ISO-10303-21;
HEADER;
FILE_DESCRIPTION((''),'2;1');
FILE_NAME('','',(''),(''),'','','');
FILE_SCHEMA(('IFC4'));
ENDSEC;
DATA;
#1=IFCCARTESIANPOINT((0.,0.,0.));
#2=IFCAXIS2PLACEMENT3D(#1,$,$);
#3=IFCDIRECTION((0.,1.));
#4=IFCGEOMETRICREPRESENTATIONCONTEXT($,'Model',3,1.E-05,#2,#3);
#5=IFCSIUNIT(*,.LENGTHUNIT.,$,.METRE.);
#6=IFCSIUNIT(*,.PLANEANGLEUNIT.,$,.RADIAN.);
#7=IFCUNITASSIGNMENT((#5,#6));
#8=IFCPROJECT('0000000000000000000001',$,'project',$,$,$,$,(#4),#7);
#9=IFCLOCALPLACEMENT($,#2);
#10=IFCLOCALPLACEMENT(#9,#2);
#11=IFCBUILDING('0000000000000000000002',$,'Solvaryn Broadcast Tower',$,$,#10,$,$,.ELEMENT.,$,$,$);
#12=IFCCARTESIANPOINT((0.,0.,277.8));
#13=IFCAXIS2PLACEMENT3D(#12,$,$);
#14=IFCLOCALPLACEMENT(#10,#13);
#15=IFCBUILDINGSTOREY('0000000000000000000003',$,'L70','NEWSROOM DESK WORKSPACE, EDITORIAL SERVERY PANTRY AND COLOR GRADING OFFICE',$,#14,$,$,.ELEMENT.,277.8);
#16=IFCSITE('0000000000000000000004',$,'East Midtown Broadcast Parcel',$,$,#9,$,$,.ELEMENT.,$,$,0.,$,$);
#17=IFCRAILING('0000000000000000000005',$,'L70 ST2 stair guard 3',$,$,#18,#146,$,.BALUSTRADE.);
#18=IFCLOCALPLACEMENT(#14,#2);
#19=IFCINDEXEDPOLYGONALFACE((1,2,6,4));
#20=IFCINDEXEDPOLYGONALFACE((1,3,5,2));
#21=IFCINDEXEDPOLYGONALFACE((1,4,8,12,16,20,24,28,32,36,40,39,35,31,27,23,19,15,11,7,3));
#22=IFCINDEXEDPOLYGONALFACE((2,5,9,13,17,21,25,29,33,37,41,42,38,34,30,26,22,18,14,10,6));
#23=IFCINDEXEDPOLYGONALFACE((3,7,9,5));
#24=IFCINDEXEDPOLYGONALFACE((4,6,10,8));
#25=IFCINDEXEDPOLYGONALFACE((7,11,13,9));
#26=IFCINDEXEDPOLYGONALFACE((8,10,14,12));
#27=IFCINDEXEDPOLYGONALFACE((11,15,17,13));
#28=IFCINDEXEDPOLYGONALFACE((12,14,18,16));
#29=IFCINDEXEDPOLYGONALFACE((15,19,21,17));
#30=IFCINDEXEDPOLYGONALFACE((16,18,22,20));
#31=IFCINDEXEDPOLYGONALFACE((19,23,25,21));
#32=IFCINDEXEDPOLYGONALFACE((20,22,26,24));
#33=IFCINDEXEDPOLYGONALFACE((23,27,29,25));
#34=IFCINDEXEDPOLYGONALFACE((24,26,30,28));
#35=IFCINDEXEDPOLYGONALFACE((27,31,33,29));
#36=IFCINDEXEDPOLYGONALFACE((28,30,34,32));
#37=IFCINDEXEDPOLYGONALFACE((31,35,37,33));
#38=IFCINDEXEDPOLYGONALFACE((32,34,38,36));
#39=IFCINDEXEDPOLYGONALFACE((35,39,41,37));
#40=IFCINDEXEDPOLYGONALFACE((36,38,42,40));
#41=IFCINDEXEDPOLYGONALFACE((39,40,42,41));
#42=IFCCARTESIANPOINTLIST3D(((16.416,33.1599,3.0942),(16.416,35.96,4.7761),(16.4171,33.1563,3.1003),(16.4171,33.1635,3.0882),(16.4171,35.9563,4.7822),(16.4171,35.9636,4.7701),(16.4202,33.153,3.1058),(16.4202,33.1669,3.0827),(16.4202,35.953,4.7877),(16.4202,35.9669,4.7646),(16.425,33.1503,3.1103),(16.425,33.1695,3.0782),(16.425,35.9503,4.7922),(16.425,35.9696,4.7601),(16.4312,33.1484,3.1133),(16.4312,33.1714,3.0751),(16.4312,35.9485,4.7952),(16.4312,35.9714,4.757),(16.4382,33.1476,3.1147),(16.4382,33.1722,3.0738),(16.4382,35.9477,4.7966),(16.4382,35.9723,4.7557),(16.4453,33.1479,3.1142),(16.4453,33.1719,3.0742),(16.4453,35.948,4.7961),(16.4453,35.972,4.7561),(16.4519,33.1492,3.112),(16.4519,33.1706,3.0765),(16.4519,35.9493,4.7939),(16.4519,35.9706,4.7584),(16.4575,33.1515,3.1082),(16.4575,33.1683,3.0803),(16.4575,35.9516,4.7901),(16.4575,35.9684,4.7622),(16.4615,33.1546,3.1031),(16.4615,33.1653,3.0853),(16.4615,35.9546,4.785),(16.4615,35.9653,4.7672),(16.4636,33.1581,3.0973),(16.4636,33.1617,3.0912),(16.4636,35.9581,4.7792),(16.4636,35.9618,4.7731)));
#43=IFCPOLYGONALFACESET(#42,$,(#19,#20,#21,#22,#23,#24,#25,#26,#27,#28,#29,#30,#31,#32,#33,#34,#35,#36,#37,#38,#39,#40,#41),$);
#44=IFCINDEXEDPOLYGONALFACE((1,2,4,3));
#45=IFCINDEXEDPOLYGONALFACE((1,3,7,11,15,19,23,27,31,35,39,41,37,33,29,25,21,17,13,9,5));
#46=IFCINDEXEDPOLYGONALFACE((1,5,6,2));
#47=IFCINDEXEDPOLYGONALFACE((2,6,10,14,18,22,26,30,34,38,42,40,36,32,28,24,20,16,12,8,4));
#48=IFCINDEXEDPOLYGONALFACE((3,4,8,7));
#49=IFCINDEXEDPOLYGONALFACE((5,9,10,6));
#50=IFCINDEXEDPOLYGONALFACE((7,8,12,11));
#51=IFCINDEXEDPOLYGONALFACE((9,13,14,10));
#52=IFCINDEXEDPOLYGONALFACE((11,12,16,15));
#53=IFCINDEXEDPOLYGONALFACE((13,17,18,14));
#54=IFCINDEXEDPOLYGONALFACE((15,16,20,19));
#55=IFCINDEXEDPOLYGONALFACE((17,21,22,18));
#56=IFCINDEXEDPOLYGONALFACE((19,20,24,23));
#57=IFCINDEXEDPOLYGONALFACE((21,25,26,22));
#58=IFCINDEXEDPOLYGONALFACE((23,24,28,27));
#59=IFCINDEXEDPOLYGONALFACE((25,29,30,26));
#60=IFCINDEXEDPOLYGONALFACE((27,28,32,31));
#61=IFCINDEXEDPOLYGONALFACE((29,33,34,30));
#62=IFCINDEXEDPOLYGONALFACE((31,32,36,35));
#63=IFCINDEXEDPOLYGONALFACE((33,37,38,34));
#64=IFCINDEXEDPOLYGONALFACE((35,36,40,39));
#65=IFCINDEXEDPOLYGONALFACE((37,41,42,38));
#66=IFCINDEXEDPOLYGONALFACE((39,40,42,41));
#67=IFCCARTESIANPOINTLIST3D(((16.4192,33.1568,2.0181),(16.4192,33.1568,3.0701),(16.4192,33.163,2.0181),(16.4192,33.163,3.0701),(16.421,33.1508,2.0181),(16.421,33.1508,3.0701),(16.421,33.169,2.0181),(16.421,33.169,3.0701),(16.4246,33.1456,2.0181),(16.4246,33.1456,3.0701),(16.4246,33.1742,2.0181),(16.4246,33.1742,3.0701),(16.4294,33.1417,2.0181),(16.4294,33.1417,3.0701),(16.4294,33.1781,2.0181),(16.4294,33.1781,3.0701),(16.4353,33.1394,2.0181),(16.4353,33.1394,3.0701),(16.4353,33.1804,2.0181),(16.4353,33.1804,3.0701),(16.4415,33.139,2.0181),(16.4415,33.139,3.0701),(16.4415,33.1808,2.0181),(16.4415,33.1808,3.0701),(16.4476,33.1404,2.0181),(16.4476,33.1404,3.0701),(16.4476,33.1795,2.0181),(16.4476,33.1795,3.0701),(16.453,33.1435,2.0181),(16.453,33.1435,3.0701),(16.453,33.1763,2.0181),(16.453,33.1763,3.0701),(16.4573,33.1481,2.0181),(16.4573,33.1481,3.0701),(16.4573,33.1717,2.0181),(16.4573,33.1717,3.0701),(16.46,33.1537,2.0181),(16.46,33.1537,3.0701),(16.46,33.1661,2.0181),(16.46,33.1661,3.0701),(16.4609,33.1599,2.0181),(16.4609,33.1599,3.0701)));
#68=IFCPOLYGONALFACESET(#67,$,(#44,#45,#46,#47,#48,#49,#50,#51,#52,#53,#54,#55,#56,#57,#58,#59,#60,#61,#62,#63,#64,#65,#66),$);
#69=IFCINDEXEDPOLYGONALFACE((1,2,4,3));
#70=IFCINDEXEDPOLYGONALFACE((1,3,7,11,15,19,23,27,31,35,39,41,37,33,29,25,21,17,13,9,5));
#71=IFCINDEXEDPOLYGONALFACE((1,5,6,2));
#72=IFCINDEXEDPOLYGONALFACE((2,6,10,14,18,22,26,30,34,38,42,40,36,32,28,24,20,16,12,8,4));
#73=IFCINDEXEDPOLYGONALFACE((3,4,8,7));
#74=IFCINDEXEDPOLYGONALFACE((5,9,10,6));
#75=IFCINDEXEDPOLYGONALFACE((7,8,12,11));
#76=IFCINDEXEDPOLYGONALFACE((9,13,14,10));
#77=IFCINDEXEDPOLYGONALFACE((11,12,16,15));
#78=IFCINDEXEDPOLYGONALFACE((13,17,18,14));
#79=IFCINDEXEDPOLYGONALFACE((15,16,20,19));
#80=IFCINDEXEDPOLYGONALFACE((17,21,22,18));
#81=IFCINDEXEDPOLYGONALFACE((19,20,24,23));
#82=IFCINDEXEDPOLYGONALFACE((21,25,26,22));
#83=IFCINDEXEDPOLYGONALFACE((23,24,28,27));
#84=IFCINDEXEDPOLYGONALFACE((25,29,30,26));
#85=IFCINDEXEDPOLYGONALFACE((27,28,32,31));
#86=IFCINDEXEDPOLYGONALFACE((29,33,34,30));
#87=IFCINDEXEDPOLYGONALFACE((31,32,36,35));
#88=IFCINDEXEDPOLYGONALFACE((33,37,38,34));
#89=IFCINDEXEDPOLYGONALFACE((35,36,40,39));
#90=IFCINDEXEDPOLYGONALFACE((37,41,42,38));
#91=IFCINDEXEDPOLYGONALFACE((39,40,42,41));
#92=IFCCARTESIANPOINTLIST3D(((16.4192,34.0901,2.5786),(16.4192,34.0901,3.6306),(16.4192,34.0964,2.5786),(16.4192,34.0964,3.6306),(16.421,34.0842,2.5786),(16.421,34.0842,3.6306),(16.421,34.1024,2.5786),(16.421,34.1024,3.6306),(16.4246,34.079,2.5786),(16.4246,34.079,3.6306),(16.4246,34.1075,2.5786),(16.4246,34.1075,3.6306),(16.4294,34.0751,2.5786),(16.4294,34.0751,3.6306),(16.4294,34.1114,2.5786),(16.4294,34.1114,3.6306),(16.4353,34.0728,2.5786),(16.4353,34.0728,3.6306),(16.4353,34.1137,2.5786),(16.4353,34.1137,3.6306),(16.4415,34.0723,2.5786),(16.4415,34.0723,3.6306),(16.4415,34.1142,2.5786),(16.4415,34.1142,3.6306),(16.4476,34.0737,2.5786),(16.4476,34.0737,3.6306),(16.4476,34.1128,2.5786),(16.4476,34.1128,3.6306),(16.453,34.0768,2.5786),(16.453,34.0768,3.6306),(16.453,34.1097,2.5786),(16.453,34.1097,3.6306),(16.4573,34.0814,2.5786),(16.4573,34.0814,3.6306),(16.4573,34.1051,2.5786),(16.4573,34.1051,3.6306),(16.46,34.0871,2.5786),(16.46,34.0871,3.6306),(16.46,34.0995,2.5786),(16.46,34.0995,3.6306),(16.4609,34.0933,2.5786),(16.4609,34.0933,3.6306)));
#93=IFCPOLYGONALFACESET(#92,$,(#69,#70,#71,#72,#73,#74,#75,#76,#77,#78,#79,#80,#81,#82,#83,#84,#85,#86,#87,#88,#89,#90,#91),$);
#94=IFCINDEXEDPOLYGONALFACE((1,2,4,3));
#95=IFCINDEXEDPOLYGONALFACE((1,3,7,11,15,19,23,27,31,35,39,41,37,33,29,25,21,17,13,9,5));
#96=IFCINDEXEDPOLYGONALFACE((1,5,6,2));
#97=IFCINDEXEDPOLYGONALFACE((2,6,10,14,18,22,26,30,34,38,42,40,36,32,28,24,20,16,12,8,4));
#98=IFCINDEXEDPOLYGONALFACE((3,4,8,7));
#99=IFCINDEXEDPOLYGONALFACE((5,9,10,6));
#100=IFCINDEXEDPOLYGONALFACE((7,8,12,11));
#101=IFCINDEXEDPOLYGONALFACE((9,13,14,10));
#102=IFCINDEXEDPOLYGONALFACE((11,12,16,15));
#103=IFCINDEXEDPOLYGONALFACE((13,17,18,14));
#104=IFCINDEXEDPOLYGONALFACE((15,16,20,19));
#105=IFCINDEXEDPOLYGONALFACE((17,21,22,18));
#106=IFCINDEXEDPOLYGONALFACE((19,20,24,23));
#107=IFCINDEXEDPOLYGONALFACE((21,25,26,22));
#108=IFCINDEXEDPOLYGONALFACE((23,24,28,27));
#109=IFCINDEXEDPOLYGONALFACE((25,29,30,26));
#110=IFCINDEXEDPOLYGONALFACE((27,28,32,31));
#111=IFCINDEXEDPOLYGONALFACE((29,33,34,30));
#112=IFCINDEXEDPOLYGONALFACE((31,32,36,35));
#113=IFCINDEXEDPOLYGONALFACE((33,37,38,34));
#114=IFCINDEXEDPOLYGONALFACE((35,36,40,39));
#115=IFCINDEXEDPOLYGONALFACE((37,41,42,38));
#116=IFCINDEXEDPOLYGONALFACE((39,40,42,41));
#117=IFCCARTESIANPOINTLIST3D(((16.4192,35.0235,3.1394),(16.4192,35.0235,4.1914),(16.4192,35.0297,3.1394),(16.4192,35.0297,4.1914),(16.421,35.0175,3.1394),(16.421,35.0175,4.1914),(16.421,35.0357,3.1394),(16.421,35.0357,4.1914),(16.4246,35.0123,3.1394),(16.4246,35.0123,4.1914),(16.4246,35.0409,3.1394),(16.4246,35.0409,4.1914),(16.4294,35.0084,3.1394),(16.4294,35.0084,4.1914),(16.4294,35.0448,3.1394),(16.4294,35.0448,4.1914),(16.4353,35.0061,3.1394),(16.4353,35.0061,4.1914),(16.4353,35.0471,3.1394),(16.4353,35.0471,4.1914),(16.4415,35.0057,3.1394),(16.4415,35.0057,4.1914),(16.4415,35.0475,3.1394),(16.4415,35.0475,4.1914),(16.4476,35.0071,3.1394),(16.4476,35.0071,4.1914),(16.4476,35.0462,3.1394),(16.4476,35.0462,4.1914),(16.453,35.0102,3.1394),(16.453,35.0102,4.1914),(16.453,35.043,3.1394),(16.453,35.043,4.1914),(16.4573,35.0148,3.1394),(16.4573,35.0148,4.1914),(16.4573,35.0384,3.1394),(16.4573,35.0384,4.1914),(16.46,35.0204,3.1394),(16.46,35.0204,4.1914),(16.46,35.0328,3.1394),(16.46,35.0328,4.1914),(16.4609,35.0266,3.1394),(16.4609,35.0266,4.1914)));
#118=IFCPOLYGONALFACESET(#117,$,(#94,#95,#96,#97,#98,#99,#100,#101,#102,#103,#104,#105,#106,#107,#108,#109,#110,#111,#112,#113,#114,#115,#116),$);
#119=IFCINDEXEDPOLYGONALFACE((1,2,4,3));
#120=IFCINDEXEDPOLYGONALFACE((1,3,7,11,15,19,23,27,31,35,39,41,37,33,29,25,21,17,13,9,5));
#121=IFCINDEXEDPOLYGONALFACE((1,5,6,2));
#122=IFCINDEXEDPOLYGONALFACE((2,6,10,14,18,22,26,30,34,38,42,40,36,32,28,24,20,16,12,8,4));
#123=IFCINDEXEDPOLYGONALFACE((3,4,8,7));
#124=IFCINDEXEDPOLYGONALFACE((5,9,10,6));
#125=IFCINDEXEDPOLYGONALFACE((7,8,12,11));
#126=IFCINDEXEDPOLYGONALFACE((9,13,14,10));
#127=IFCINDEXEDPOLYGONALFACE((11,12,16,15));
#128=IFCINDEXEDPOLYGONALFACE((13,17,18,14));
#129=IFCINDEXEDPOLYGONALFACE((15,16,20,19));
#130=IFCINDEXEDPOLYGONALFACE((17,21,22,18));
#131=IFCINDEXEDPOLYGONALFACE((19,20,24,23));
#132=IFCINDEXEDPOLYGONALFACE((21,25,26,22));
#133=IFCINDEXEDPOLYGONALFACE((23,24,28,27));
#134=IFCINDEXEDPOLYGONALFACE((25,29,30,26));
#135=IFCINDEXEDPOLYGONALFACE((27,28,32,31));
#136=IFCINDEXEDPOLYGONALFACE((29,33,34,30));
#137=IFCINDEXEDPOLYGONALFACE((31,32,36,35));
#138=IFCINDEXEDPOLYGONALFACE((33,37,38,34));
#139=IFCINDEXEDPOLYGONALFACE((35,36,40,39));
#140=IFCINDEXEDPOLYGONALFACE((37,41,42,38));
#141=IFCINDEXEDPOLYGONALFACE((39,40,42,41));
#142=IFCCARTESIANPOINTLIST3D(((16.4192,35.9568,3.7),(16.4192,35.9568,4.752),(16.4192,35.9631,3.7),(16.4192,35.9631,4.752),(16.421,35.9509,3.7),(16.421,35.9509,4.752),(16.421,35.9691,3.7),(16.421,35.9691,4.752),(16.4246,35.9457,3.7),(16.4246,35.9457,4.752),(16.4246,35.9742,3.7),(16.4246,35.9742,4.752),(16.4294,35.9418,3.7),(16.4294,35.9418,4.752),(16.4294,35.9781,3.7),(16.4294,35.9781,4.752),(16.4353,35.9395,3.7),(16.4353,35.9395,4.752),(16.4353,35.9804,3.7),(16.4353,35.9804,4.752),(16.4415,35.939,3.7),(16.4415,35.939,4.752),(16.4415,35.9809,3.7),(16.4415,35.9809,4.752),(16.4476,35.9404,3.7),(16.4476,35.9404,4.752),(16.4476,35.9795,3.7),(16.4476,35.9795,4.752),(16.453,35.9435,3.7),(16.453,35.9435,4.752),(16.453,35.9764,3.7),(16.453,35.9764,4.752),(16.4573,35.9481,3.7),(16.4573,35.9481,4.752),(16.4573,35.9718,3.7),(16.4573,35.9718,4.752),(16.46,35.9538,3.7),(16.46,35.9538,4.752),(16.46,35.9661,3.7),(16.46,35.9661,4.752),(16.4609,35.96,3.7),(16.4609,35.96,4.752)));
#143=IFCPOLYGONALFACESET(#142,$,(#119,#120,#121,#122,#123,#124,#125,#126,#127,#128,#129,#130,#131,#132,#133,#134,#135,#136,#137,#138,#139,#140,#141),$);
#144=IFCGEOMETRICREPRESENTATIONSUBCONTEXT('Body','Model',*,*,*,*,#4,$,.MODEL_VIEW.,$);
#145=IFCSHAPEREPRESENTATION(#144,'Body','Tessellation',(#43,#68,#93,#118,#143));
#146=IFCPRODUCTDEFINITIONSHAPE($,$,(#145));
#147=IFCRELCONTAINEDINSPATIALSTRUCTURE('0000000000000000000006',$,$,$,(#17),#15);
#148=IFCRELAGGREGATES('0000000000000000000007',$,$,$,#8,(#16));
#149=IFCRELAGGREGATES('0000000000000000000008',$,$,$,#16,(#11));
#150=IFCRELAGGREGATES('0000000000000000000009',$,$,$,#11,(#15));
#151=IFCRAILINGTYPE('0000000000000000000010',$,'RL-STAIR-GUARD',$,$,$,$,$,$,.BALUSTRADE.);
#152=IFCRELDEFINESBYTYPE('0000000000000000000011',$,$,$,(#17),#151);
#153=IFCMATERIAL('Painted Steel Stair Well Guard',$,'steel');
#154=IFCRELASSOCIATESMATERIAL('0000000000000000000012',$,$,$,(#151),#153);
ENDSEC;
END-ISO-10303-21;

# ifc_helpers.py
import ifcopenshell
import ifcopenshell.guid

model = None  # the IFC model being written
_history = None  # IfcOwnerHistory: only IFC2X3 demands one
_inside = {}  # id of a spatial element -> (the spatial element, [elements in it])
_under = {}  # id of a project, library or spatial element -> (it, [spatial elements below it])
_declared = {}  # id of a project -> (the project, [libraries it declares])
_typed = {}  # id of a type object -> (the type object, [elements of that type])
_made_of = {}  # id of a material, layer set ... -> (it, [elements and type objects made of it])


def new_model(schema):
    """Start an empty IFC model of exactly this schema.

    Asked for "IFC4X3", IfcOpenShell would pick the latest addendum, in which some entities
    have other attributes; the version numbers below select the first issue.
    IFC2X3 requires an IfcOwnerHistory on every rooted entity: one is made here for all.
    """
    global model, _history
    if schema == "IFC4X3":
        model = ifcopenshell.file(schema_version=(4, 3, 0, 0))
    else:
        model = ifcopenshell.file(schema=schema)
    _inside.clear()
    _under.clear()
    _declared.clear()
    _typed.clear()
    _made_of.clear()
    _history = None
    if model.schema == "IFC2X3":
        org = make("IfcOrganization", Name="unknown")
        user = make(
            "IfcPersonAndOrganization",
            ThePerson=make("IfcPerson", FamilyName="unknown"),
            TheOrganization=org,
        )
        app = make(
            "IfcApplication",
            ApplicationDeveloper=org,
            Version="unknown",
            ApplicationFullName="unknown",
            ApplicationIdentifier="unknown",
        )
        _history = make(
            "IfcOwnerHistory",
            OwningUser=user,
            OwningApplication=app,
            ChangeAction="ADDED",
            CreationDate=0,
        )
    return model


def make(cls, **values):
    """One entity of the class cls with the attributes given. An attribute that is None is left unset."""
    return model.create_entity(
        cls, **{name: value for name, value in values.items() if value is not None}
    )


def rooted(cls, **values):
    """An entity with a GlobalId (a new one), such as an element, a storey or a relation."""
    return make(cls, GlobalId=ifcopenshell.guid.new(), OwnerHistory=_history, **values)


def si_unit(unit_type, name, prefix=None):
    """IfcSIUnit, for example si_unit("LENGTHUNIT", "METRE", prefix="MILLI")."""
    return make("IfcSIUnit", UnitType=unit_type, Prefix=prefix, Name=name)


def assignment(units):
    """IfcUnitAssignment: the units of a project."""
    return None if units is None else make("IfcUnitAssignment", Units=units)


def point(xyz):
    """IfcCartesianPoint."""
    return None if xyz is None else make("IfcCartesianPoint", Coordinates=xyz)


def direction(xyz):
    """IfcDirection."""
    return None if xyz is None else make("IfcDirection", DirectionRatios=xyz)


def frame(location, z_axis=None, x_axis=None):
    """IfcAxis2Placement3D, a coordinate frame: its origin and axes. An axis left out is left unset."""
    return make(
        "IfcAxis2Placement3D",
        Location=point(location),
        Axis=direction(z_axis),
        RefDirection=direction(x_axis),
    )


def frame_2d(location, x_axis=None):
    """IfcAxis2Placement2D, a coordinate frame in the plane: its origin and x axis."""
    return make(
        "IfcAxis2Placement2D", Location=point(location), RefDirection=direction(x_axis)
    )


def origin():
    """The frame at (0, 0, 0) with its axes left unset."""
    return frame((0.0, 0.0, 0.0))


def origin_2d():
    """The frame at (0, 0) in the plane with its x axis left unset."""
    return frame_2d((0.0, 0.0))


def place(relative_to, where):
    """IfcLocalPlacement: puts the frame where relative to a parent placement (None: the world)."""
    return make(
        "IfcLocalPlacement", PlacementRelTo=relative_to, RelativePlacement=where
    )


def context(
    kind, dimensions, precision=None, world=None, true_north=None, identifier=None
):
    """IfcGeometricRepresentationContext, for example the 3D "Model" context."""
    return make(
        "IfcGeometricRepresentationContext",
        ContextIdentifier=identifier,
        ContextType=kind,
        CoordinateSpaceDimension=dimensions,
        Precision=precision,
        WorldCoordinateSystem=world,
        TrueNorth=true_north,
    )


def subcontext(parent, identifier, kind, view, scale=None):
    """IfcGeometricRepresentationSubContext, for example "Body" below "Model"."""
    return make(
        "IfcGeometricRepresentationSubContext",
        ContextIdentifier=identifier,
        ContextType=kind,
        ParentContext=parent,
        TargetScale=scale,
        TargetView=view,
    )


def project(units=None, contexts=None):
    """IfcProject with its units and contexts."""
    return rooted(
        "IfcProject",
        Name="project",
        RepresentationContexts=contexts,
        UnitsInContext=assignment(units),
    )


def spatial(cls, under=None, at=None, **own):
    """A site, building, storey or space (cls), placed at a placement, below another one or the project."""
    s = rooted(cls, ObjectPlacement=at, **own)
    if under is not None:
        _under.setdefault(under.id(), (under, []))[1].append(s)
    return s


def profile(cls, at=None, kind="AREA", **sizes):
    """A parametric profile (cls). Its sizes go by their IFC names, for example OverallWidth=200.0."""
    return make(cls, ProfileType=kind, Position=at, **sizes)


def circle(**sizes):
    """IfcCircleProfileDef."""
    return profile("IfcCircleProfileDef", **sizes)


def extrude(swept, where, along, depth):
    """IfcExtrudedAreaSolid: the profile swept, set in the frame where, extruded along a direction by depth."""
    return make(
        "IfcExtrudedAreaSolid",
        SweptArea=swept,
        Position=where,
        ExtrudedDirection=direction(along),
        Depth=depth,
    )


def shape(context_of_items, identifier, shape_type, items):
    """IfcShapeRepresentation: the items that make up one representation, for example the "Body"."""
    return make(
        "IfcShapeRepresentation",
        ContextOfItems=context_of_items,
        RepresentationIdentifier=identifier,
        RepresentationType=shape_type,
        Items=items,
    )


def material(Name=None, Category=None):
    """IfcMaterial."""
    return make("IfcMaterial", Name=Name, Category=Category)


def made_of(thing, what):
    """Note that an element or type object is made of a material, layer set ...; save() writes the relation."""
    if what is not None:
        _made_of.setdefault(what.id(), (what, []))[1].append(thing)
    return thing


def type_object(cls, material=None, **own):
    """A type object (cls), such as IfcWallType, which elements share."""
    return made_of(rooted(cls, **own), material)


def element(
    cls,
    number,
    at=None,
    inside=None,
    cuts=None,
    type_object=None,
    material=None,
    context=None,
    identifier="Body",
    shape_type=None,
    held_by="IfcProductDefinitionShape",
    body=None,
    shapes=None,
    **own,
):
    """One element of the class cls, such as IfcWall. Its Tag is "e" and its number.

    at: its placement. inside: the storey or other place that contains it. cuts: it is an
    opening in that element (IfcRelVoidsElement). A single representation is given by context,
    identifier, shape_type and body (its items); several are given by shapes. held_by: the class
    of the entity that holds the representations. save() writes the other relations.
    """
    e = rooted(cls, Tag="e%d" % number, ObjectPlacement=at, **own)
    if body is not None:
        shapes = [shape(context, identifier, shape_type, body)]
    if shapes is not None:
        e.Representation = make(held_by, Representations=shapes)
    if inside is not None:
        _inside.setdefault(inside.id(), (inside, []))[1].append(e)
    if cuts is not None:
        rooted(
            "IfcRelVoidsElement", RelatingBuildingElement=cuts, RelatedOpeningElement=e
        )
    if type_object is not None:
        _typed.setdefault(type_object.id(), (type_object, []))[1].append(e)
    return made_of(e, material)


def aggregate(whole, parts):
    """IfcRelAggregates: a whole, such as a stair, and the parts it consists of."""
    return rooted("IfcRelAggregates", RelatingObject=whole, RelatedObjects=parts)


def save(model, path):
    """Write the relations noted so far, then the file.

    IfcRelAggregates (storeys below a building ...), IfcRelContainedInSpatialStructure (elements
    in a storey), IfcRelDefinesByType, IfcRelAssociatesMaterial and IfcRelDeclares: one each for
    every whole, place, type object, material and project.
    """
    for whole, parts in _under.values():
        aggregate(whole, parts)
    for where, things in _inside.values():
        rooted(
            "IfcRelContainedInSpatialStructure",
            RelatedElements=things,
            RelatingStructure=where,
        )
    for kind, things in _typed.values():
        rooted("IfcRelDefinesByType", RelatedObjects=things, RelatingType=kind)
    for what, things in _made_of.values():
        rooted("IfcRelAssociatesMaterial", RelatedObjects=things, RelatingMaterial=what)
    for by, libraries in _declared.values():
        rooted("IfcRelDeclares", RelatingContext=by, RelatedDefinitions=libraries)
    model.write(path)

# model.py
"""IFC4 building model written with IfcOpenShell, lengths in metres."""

from ifc_helpers import new_model, si_unit, direction, frame, origin, origin_2d, place, context, subcontext, project, spatial, circle, extrude, material, type_object, element, save


model = new_model("IFC4")

# Units and contexts
model_context = context("Model", 3, precision=1e-05, world=origin(), true_north=direction((0.0, 1.0)))
body_context = subcontext(model_context, "Body", "Model", "MODEL_VIEW")
ifc_project = project(units=[si_unit("LENGTHUNIT", "METRE"), si_unit("PLANEANGLEUNIT", "RADIAN")], contexts=[model_context])

# Site, building, storey
site_placement = place(None, origin())
site = spatial("IfcSite", under=ifc_project, at=site_placement, Name="East Midtown Broadcast Parcel", CompositionType="ELEMENT", RefElevation=0.0)
building_placement = place(site_placement, origin())
building = spatial("IfcBuilding", under=site, at=building_placement, Name="Solvaryn Broadcast Tower", CompositionType="ELEMENT")
storey_placement = place(building_placement, frame((0.0, 0.0, 277.8)))
storey = spatial("IfcBuildingStorey", under=building, at=storey_placement, Name="L70", Description="NEWSROOM DESK WORKSPACE, EDITORIAL SERVERY PANTRY AND COLOR GRADING OFFICE", CompositionType="ELEMENT", Elevation=277.8)

# Railing
ifc_material_1 = material(Name="Painted Steel Stair Well Guard", Category="steel")
railing_type_1 = type_object("IfcRailingType", Name="RL-STAIR-GUARD", PredefinedType="BALUSTRADE", material=ifc_material_1)
railing_1_placement = place(storey_placement, frame((16.4399, 33.1599, 2.0181)))
element("IfcRailing", 1, at=railing_1_placement, inside=storey, type_object=railing_type_1, Name="L70 ST2 stair guard 3", PredefinedType="BALUSTRADE", context=body_context, shape_type="SweptSolid", body=[
    extrude(circle(Radius=0.0239, at=origin_2d()), frame((0.0, 0.0, 1.0762), z_axis=(0.0, 0.857242, 0.514913), x_axis=(-1.0, 0.0, 0.0)), (0.0, 0.0, 1.0), 3.2664),
    extrude(circle(Radius=0.021, at=origin_2d()), origin(), (0.0, 0.0, 1.0), 1.052),
    extrude(circle(Radius=0.021, at=origin_2d()), frame((0.0, 0.9333, 0.5605)), (0.0, 0.0, 1.0), 1.052),
    extrude(circle(Radius=0.021, at=origin_2d()), frame((0.0, 1.8667, 1.1213)), (0.0, 0.0, 1.0), 1.052),
    extrude(circle(Radius=0.021, at=origin_2d()), frame((0.0, 2.8, 1.6819)), (0.0, 0.0, 1.0), 1.052),
])

save(model, "model.ifc")
